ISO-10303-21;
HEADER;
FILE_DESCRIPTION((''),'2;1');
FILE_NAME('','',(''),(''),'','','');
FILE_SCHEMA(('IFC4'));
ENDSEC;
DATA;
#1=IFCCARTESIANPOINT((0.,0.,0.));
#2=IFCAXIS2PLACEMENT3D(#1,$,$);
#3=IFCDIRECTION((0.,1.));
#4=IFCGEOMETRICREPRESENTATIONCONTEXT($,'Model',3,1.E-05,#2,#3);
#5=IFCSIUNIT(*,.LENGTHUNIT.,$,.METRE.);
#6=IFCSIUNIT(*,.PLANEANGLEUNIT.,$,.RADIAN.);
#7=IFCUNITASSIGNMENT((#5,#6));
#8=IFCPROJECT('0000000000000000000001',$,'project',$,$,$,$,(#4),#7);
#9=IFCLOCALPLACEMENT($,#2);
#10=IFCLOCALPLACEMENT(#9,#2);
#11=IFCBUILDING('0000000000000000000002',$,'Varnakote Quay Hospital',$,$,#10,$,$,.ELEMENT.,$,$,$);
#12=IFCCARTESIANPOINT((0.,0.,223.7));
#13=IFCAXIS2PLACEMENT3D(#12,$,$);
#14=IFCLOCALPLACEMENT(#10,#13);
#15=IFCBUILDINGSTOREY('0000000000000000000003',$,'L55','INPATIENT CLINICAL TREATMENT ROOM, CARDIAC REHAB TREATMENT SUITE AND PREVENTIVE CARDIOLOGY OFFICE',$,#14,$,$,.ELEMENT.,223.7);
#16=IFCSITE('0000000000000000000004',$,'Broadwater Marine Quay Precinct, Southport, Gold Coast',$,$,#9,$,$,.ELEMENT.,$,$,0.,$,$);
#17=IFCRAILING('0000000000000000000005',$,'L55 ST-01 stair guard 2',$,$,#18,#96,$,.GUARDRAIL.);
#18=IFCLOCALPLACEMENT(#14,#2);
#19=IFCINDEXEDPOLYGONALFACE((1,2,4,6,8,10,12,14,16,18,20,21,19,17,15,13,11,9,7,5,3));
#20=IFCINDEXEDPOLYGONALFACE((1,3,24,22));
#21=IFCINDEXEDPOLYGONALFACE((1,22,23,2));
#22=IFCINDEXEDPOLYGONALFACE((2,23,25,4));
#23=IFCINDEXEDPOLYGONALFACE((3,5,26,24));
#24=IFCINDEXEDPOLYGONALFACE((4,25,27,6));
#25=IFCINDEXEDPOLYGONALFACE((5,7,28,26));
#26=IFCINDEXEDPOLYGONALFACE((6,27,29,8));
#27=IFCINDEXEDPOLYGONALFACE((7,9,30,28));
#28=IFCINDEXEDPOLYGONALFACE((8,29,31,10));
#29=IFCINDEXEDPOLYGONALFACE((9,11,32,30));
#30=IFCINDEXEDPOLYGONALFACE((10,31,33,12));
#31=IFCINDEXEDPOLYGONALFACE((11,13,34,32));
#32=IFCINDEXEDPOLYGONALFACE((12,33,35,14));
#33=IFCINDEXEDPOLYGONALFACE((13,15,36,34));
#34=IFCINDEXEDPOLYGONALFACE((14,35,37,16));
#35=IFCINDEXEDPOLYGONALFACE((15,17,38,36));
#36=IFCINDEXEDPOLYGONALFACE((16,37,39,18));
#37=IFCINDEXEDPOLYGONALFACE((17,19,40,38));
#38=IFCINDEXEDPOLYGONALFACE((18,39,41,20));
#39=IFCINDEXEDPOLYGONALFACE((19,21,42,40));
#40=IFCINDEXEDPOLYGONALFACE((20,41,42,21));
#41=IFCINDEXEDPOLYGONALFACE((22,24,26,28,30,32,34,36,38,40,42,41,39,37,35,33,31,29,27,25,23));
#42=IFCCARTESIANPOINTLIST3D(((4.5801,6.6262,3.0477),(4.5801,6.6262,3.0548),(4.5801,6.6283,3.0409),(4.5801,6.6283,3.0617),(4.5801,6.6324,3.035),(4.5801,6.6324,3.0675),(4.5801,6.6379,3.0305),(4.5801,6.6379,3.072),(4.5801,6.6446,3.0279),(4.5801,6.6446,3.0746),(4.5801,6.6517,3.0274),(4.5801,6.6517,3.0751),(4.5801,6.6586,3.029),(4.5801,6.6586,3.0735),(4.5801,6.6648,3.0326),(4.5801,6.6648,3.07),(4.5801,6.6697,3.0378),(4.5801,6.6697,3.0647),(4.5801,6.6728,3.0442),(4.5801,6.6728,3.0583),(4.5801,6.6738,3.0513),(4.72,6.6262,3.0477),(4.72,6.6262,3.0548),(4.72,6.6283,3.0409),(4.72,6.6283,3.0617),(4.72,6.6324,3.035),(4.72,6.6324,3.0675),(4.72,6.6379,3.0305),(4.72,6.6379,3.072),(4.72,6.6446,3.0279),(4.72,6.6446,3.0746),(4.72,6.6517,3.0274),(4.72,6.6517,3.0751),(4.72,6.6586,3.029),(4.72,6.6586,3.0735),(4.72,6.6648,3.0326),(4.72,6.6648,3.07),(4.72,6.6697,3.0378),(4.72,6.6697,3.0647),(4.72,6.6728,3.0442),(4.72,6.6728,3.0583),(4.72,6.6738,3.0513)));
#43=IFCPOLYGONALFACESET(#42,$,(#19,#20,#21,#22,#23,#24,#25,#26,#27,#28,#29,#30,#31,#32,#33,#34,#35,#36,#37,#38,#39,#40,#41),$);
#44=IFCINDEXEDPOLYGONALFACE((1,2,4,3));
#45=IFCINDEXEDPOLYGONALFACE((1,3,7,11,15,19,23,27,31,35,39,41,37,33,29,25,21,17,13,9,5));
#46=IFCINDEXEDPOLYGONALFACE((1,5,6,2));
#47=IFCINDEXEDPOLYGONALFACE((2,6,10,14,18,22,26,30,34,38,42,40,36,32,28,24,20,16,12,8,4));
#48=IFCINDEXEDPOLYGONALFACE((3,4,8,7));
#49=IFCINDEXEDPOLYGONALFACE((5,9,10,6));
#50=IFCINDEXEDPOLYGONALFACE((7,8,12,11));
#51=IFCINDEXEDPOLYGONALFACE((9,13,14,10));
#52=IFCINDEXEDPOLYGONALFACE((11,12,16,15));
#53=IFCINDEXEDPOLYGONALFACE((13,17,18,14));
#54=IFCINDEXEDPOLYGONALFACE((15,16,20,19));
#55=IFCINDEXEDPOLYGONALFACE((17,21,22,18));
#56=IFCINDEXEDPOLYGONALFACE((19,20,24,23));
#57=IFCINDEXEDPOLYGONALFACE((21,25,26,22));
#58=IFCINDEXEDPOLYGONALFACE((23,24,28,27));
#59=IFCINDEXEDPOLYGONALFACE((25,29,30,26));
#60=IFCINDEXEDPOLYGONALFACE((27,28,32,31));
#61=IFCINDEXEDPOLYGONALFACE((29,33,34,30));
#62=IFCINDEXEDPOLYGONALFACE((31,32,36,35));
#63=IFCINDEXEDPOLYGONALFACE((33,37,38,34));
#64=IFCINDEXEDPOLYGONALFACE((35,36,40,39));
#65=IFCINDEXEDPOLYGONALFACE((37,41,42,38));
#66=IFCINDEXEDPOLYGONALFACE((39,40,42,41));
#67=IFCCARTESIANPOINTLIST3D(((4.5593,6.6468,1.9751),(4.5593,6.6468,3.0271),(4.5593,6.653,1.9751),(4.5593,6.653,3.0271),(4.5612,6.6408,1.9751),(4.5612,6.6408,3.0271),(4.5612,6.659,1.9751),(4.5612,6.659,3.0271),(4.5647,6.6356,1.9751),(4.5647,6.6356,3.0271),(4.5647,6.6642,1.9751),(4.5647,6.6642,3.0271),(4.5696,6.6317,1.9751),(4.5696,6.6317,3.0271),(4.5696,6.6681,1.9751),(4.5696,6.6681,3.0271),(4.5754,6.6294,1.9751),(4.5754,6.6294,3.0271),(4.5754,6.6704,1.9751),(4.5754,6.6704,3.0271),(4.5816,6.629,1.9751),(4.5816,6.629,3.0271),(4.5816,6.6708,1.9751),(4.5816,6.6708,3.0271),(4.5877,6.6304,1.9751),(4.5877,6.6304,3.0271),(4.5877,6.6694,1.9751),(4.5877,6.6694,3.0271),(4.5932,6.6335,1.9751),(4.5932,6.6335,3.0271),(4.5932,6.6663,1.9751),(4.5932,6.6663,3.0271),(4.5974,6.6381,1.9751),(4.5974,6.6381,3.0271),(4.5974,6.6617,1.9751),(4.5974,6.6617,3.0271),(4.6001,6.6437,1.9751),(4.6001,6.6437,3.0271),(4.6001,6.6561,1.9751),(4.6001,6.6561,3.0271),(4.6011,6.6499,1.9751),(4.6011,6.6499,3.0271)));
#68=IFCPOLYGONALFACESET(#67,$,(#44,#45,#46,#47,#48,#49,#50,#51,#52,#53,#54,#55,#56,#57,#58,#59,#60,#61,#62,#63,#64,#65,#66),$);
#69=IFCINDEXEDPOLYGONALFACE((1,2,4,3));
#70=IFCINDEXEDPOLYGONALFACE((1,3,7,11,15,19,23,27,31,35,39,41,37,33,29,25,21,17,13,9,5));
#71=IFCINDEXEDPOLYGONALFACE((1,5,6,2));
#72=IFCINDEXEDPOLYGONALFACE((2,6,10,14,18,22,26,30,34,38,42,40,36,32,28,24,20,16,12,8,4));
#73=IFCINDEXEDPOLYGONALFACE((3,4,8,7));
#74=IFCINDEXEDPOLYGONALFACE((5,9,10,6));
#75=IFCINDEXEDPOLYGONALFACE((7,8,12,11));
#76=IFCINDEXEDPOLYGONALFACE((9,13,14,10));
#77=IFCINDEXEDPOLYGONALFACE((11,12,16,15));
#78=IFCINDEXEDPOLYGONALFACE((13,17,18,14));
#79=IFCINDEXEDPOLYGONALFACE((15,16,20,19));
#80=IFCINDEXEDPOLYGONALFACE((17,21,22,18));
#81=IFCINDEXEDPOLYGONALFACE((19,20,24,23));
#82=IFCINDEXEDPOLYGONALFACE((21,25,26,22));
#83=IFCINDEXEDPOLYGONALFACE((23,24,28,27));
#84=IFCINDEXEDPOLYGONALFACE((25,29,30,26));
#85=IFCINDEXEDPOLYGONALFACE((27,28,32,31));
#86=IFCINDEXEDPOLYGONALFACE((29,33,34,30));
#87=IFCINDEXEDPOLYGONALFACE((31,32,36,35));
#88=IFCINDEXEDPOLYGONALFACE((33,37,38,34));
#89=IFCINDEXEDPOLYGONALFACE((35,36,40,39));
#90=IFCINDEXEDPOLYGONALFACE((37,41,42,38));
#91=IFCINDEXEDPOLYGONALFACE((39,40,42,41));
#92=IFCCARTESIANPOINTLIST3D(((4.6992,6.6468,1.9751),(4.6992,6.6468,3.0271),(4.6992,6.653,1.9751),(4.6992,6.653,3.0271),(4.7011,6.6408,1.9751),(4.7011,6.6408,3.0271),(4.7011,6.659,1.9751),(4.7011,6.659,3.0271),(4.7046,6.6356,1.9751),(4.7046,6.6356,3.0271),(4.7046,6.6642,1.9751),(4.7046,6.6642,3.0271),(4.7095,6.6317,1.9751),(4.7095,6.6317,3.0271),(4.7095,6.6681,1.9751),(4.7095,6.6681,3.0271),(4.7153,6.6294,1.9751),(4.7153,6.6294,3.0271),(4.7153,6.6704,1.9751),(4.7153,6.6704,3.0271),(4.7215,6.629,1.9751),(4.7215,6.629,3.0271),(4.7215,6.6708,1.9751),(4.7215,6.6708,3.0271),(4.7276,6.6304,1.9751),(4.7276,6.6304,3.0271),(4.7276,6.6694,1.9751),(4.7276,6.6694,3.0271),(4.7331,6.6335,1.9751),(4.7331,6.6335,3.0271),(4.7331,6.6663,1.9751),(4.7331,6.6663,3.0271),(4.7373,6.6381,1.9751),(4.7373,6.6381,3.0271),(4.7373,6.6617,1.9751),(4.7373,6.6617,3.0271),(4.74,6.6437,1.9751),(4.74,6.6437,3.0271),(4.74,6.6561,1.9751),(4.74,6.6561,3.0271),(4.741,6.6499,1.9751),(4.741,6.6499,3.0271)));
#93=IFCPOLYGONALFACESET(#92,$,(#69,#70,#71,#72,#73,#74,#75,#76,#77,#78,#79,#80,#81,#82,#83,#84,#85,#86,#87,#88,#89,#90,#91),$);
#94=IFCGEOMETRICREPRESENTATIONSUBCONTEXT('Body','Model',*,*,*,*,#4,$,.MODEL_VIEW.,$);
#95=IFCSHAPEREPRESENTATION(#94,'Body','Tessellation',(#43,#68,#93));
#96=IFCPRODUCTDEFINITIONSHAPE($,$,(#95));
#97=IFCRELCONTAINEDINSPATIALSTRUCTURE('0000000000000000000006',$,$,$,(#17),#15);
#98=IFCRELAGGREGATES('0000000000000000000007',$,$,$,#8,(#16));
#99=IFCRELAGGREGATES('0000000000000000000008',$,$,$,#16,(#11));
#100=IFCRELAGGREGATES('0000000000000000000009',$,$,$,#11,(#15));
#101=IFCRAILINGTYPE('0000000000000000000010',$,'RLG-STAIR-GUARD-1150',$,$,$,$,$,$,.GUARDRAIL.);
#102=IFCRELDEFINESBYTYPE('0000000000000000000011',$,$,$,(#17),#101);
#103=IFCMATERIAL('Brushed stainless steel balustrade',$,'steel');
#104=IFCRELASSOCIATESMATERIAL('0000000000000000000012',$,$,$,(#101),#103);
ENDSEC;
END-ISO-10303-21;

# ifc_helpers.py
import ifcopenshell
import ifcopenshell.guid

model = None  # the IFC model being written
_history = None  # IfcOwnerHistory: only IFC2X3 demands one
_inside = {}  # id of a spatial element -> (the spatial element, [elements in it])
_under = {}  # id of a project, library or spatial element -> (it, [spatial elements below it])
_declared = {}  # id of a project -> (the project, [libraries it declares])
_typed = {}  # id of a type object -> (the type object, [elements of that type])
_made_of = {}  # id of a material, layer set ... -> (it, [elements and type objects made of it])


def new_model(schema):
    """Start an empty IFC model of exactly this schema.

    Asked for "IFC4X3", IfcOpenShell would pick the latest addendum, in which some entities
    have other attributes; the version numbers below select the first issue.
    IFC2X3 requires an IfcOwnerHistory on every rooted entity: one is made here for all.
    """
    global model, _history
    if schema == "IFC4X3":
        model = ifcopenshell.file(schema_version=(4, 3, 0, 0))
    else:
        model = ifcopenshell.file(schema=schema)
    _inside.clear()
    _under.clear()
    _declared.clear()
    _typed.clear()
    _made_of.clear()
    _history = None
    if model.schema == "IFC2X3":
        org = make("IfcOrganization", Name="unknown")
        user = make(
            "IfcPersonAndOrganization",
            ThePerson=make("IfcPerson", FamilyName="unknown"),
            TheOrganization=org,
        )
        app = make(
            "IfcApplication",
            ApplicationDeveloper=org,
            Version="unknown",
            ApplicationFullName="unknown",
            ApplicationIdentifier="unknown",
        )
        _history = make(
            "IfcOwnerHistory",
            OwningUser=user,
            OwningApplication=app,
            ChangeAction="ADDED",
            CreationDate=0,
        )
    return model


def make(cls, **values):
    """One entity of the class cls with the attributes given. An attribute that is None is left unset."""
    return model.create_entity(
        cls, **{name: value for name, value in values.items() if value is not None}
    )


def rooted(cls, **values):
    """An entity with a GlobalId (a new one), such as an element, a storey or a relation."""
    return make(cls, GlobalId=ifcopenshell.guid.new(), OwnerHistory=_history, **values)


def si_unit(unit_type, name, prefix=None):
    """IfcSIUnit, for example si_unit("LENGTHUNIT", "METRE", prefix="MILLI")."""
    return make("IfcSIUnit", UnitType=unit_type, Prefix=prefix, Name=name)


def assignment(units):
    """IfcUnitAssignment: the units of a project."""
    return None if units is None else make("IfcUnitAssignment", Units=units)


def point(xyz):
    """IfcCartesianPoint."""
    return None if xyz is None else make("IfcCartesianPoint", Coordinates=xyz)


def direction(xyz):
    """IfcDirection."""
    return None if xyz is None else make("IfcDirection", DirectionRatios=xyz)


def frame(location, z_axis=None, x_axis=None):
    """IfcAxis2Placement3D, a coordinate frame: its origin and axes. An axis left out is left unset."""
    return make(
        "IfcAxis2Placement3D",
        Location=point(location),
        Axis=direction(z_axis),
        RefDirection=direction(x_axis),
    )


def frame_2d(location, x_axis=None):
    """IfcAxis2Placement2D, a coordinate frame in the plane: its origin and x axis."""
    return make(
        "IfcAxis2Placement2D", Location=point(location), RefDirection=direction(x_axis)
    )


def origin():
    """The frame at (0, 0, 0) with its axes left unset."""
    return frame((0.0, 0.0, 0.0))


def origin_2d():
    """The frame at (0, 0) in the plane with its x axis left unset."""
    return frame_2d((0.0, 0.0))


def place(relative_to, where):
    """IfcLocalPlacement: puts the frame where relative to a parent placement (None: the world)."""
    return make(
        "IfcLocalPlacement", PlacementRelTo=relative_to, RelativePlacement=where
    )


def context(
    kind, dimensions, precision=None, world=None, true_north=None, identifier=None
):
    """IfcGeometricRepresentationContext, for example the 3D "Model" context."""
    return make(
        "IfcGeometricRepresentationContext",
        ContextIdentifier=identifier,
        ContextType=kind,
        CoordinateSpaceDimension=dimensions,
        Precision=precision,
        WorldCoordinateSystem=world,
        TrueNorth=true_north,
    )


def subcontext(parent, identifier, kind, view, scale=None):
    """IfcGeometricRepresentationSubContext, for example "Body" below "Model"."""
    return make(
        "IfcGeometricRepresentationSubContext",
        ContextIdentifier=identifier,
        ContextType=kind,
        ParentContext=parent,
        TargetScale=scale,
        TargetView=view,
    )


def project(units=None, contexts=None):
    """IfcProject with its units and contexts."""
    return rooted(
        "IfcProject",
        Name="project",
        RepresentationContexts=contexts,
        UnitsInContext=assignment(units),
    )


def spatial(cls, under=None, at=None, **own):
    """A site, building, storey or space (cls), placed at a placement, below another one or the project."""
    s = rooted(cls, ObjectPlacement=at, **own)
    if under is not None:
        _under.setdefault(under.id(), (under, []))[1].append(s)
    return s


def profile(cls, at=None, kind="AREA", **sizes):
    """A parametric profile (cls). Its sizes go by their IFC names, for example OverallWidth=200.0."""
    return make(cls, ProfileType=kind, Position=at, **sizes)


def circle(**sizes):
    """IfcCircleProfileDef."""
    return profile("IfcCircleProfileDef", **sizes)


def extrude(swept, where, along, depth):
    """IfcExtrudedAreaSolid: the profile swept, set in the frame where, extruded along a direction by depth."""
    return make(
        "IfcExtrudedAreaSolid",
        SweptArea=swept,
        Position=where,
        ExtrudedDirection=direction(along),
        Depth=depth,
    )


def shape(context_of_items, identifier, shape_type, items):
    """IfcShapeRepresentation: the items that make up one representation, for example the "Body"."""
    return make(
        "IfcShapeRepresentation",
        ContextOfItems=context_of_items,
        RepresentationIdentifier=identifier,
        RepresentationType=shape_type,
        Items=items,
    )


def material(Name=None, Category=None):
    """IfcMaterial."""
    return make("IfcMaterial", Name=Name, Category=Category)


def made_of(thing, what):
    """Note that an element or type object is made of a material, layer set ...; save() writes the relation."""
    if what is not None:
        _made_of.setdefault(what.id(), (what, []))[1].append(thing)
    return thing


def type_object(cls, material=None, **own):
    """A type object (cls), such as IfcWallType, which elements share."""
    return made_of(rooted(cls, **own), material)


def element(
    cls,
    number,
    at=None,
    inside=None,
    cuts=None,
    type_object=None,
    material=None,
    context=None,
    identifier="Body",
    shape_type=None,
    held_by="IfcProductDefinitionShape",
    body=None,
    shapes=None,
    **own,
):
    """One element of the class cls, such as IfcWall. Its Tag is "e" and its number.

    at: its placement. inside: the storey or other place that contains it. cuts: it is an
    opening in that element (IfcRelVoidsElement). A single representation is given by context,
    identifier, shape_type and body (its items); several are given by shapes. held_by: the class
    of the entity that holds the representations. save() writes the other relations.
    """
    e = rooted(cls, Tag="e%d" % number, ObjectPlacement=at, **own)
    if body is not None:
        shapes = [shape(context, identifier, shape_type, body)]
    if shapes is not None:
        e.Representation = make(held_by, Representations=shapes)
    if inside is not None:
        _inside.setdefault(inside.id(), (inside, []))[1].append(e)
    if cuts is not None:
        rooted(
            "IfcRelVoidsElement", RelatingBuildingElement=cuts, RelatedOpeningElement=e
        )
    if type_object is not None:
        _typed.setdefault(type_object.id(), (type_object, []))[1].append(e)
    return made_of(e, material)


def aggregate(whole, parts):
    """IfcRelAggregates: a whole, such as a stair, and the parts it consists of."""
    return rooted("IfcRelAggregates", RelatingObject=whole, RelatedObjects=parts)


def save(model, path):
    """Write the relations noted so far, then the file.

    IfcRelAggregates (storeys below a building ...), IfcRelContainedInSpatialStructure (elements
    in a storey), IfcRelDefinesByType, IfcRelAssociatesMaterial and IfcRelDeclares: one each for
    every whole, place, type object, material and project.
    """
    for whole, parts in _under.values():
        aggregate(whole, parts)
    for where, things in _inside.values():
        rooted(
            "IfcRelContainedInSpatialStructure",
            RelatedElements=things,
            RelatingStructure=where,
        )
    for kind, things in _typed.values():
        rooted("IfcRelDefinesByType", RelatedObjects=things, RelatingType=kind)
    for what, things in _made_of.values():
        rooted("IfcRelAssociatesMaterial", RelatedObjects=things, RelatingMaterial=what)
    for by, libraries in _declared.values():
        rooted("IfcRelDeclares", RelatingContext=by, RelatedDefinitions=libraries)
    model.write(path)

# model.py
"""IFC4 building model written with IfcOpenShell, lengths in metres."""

from ifc_helpers import new_model, si_unit, direction, frame, origin, origin_2d, place, context, subcontext, project, spatial, circle, extrude, material, type_object, element, save


model = new_model("IFC4")

# Units and contexts
model_context = context("Model", 3, precision=1e-05, world=origin(), true_north=direction((0.0, 1.0)))
body_context = subcontext(model_context, "Body", "Model", "MODEL_VIEW")
ifc_project = project(units=[si_unit("LENGTHUNIT", "METRE"), si_unit("PLANEANGLEUNIT", "RADIAN")], contexts=[model_context])

# Site, building, storey
site_placement = place(None, origin())
site = spatial("IfcSite", under=ifc_project, at=site_placement, Name="Broadwater Marine Quay Precinct, Southport, Gold Coast", CompositionType="ELEMENT", RefElevation=0.0)
building_placement = place(site_placement, origin())
building = spatial("IfcBuilding", under=site, at=building_placement, Name="Varnakote Quay Hospital", CompositionType="ELEMENT")
storey_placement = place(building_placement, frame((0.0, 0.0, 223.7)))
storey = spatial("IfcBuildingStorey", under=building, at=storey_placement, Name="L55", Description="INPATIENT CLINICAL TREATMENT ROOM, CARDIAC REHAB TREATMENT SUITE AND PREVENTIVE CARDIOLOGY OFFICE", CompositionType="ELEMENT", Elevation=223.7)

# Railing
ifc_material_1 = material(Name="Brushed stainless steel balustrade", Category="steel")
railing_type_1 = type_object("IfcRailingType", Name="RLG-STAIR-GUARD-1150", PredefinedType="GUARDRAIL", material=ifc_material_1)
railing_1_placement = place(storey_placement, frame((4.5801, 6.6499, 1.9751)))
element("IfcRailing", 1, at=railing_1_placement, inside=storey, type_object=railing_type_1, Name="L55 ST-01 stair guard 2", PredefinedType="GUARDRAIL", context=body_context, shape_type="SweptSolid", body=[
    extrude(circle(Radius=0.0239, at=origin_2d()), frame((0.0, 0.0, 1.0762), z_axis=(1.0, 0.0, 0.0), x_axis=(0.0, 1.0, 0.0)), (0.0, 0.0, 1.0), 0.1399),
    extrude(circle(Radius=0.021, at=origin_2d()), origin(), (0.0, 0.0, 1.0), 1.052),
    extrude(circle(Radius=0.021, at=origin_2d()), frame((0.1399, 0.0, 0.0)), (0.0, 0.0, 1.0), 1.052),
])

save(model, "model.ifc")
